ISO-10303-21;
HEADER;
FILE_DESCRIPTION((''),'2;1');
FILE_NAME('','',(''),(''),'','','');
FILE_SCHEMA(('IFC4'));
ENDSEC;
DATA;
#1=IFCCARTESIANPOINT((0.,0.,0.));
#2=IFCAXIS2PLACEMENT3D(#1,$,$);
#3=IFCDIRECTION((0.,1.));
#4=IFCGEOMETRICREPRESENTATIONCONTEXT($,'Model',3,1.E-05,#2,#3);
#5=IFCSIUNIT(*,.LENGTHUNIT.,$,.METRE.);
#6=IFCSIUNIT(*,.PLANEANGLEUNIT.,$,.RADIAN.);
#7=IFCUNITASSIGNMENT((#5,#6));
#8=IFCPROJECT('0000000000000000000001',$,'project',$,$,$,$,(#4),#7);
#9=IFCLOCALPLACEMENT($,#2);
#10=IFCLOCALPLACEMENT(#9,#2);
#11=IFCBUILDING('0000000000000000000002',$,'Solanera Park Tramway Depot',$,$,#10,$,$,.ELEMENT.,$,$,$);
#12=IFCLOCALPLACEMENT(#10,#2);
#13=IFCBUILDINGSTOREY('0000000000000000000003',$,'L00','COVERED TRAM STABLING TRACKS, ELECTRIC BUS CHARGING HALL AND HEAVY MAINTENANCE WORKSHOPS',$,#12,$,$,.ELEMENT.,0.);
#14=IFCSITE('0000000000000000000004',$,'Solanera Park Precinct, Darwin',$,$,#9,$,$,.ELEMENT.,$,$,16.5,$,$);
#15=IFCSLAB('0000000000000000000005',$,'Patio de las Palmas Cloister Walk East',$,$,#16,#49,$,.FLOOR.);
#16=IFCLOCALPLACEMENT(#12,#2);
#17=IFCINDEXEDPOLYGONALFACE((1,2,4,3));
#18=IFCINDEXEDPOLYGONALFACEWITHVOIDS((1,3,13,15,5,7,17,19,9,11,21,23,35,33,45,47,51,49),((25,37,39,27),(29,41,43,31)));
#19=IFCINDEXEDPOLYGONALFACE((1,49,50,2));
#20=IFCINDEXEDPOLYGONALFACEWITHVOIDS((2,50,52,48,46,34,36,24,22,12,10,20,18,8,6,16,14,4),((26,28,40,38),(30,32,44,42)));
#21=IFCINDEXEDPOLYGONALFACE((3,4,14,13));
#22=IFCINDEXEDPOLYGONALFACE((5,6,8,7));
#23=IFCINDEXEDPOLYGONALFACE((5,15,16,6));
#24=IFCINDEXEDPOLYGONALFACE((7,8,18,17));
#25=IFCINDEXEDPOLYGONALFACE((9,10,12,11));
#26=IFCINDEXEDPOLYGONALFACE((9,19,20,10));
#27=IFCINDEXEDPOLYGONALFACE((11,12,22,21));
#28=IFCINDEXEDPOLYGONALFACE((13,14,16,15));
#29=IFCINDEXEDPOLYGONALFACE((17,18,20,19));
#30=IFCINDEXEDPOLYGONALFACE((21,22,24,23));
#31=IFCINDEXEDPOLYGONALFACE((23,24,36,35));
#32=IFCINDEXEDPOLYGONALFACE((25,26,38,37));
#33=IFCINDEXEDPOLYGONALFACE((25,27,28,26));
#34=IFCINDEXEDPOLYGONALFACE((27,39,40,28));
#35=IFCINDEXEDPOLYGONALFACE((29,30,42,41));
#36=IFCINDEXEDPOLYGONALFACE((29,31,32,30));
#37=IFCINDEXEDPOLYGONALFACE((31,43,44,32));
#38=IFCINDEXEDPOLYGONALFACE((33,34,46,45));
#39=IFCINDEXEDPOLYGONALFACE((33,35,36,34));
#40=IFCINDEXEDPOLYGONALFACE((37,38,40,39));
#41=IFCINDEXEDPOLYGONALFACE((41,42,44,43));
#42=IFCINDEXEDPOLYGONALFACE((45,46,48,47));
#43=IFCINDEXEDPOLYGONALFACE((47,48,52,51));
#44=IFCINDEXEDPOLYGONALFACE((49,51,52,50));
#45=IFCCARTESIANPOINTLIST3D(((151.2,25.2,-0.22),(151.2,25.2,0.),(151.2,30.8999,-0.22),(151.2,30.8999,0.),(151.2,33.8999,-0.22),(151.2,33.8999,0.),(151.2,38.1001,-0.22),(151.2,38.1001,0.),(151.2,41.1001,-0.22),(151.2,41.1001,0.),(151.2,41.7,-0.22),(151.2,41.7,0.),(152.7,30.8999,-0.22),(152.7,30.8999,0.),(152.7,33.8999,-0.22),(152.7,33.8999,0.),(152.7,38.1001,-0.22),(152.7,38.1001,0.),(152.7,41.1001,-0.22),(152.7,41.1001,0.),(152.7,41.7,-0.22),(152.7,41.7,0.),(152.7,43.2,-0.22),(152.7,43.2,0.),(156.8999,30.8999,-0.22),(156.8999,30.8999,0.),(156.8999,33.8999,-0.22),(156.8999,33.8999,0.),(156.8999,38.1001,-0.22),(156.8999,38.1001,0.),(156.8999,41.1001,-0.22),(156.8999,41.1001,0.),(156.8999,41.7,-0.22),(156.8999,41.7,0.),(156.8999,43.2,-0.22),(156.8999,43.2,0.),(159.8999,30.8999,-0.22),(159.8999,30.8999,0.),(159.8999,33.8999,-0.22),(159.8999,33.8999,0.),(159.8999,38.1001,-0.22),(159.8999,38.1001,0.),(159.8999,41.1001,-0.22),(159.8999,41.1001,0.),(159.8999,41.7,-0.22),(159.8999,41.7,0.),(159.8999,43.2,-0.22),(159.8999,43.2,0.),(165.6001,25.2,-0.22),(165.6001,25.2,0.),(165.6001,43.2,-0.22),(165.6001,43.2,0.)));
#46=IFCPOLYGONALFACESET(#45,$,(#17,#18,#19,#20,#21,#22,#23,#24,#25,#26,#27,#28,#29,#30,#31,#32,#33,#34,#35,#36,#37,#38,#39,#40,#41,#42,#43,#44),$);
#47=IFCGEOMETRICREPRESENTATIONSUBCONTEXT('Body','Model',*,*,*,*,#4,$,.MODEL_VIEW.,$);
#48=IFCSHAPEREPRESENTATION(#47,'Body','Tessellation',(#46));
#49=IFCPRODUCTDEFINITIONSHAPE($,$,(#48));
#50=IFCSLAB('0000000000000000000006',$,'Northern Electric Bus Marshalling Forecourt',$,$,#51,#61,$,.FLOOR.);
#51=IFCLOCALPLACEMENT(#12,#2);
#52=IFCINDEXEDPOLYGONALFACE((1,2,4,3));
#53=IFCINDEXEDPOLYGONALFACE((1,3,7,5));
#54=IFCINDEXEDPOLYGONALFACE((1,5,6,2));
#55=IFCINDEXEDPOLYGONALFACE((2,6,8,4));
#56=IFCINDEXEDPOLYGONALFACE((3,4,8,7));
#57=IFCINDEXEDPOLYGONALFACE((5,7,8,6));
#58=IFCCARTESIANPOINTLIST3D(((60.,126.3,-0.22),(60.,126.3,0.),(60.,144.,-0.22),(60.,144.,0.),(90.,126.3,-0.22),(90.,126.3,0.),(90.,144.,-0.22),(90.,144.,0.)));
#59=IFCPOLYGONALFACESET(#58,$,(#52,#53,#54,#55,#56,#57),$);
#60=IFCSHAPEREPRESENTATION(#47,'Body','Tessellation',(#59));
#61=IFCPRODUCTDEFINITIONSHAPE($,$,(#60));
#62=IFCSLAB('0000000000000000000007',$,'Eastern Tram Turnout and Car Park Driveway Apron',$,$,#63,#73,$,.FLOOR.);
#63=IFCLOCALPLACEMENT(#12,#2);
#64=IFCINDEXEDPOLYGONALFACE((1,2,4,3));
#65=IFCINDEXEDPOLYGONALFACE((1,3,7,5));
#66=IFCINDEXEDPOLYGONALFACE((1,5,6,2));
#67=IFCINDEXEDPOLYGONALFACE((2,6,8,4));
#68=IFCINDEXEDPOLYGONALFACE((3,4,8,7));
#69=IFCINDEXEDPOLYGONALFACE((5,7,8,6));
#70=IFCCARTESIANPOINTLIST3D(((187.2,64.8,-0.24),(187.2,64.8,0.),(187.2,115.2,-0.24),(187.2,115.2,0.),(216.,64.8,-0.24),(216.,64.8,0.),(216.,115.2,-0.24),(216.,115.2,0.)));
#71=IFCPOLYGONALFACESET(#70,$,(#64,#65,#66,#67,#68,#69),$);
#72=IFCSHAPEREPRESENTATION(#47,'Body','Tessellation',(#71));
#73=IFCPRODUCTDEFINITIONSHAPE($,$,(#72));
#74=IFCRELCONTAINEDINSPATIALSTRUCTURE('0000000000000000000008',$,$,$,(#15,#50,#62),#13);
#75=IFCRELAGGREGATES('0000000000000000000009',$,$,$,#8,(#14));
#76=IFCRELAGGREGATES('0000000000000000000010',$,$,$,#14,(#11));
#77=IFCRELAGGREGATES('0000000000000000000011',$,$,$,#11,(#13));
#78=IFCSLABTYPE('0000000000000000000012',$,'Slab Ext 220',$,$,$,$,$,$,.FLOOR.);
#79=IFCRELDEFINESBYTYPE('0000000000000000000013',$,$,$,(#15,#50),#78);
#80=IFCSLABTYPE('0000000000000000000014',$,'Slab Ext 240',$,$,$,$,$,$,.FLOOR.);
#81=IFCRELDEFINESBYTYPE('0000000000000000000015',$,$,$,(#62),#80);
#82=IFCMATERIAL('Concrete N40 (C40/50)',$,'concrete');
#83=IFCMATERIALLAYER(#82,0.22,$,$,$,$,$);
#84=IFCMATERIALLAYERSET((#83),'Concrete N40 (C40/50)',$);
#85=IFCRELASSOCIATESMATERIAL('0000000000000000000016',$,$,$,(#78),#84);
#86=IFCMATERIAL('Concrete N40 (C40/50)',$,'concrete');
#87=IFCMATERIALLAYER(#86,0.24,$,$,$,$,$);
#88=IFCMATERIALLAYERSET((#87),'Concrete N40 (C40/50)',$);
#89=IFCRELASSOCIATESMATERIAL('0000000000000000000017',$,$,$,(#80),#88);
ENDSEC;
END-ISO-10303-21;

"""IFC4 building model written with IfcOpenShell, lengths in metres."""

from ifc_helpers import new_model, si_unit, direction, frame, origin, place, context, subcontext, project, spatial, polyline, outline, extrude, material, layer, layer_set, type_object, element, save


model = new_model("IFC4")

# Units and contexts
model_context = context("Model", 3, precision=1e-05, world=origin(), true_north=direction((0.0, 1.0)))
body_context = subcontext(model_context, "Body", "Model", "MODEL_VIEW")
ifc_project = project(units=[si_unit("LENGTHUNIT", "METRE"), si_unit("PLANEANGLEUNIT", "RADIAN")], contexts=[model_context])

# Site, building, storey
site_placement = place(None, origin())
site = spatial("IfcSite", under=ifc_project, at=site_placement, Name="Solanera Park Precinct, Darwin", CompositionType="ELEMENT", RefElevation=16.5)
building_placement = place(site_placement, origin())
building = spatial("IfcBuilding", under=site, at=building_placement, Name="Solanera Park Tramway Depot", CompositionType="ELEMENT")
storey_placement = place(building_placement, origin())
storey = spatial("IfcBuildingStorey", under=building, at=storey_placement, Name="L00", Description="COVERED TRAM STABLING TRACKS, ELECTRIC BUS CHARGING HALL AND HEAVY MAINTENANCE WORKSHOPS", CompositionType="ELEMENT", Elevation=0.0)

# Slabs
ifc_material_1 = material(Name="Concrete N40 (C40/50)", Category="concrete")
ifc_layer_1 = layer(ifc_material_1, 0.22)
ifc_layer_set_1 = layer_set([ifc_layer_1], Name="Concrete N40 (C40/50)")
slab_type_1 = type_object("IfcSlabType", Name="Slab Ext 220", PredefinedType="FLOOR", material=ifc_layer_set_1)
slab_1_placement = place(storey_placement, frame((0.0, 0.0, -0.22)))
element("IfcSlab", 1, at=slab_1_placement, inside=storey, type_object=slab_type_1, Name="Patio de las Palmas Cloister Walk East", PredefinedType="FLOOR", context=body_context, shape_type="SweptSolid", body=[
    extrude(outline(polyline([(152.7, 30.8999), (152.7, 33.8999), (151.2, 33.8999), (151.2, 38.1001), (152.7, 38.1001), (152.7, 41.1001), (151.2, 41.1001), (151.2, 41.7), (152.7, 41.7), (152.7, 43.2), (156.8999, 43.2), (156.8999, 41.7), (159.8999, 41.7), (159.8999, 43.2), (165.6001, 43.2), (165.6001, 25.2), (151.2, 25.2), (151.2, 30.8999), (152.7, 30.8999)]), holes=[polyline([(156.8999, 30.8999), (159.8999, 30.8999), (159.8999, 33.8999), (156.8999, 33.8999), (156.8999, 30.8999)]), polyline([(156.8999, 41.1001), (156.8999, 38.1001), (159.8999, 38.1001), (159.8999, 41.1001), (156.8999, 41.1001)])]), origin(), (0.0, 0.0, 1.0), 0.22),
])
slab_2_placement = place(storey_placement, frame((0.0, 0.0, -0.22)))
element("IfcSlab", 2, at=slab_2_placement, inside=storey, type_object=slab_type_1, Name="Northern Electric Bus Marshalling Forecourt", PredefinedType="FLOOR", context=body_context, shape_type="SweptSolid", body=[
    extrude(outline(polyline([(90.0, 126.3), (90.0, 144.0), (60.0, 144.0), (60.0, 126.3), (90.0, 126.3)])), origin(), (0.0, 0.0, 1.0), 0.22),
])
ifc_material_2 = material(Name="Concrete N40 (C40/50)", Category="concrete")
ifc_layer_2 = layer(ifc_material_2, 0.24)
ifc_layer_set_2 = layer_set([ifc_layer_2], Name="Concrete N40 (C40/50)")
slab_type_2 = type_object("IfcSlabType", Name="Slab Ext 240", PredefinedType="FLOOR", material=ifc_layer_set_2)
slab_3_placement = place(storey_placement, frame((0.0, 0.0, -0.24)))
element("IfcSlab", 3, at=slab_3_placement, inside=storey, type_object=slab_type_2, Name="Eastern Tram Turnout and Car Park Driveway Apron", PredefinedType="FLOOR", context=body_context, shape_type="SweptSolid", body=[
    extrude(outline(polyline([(216.0, 64.8), (216.0, 115.2), (187.2, 115.2), (187.2, 64.8), (216.0, 64.8)])), origin(), (0.0, 0.0, 1.0), 0.24),
])

save(model, "model.ifc")
